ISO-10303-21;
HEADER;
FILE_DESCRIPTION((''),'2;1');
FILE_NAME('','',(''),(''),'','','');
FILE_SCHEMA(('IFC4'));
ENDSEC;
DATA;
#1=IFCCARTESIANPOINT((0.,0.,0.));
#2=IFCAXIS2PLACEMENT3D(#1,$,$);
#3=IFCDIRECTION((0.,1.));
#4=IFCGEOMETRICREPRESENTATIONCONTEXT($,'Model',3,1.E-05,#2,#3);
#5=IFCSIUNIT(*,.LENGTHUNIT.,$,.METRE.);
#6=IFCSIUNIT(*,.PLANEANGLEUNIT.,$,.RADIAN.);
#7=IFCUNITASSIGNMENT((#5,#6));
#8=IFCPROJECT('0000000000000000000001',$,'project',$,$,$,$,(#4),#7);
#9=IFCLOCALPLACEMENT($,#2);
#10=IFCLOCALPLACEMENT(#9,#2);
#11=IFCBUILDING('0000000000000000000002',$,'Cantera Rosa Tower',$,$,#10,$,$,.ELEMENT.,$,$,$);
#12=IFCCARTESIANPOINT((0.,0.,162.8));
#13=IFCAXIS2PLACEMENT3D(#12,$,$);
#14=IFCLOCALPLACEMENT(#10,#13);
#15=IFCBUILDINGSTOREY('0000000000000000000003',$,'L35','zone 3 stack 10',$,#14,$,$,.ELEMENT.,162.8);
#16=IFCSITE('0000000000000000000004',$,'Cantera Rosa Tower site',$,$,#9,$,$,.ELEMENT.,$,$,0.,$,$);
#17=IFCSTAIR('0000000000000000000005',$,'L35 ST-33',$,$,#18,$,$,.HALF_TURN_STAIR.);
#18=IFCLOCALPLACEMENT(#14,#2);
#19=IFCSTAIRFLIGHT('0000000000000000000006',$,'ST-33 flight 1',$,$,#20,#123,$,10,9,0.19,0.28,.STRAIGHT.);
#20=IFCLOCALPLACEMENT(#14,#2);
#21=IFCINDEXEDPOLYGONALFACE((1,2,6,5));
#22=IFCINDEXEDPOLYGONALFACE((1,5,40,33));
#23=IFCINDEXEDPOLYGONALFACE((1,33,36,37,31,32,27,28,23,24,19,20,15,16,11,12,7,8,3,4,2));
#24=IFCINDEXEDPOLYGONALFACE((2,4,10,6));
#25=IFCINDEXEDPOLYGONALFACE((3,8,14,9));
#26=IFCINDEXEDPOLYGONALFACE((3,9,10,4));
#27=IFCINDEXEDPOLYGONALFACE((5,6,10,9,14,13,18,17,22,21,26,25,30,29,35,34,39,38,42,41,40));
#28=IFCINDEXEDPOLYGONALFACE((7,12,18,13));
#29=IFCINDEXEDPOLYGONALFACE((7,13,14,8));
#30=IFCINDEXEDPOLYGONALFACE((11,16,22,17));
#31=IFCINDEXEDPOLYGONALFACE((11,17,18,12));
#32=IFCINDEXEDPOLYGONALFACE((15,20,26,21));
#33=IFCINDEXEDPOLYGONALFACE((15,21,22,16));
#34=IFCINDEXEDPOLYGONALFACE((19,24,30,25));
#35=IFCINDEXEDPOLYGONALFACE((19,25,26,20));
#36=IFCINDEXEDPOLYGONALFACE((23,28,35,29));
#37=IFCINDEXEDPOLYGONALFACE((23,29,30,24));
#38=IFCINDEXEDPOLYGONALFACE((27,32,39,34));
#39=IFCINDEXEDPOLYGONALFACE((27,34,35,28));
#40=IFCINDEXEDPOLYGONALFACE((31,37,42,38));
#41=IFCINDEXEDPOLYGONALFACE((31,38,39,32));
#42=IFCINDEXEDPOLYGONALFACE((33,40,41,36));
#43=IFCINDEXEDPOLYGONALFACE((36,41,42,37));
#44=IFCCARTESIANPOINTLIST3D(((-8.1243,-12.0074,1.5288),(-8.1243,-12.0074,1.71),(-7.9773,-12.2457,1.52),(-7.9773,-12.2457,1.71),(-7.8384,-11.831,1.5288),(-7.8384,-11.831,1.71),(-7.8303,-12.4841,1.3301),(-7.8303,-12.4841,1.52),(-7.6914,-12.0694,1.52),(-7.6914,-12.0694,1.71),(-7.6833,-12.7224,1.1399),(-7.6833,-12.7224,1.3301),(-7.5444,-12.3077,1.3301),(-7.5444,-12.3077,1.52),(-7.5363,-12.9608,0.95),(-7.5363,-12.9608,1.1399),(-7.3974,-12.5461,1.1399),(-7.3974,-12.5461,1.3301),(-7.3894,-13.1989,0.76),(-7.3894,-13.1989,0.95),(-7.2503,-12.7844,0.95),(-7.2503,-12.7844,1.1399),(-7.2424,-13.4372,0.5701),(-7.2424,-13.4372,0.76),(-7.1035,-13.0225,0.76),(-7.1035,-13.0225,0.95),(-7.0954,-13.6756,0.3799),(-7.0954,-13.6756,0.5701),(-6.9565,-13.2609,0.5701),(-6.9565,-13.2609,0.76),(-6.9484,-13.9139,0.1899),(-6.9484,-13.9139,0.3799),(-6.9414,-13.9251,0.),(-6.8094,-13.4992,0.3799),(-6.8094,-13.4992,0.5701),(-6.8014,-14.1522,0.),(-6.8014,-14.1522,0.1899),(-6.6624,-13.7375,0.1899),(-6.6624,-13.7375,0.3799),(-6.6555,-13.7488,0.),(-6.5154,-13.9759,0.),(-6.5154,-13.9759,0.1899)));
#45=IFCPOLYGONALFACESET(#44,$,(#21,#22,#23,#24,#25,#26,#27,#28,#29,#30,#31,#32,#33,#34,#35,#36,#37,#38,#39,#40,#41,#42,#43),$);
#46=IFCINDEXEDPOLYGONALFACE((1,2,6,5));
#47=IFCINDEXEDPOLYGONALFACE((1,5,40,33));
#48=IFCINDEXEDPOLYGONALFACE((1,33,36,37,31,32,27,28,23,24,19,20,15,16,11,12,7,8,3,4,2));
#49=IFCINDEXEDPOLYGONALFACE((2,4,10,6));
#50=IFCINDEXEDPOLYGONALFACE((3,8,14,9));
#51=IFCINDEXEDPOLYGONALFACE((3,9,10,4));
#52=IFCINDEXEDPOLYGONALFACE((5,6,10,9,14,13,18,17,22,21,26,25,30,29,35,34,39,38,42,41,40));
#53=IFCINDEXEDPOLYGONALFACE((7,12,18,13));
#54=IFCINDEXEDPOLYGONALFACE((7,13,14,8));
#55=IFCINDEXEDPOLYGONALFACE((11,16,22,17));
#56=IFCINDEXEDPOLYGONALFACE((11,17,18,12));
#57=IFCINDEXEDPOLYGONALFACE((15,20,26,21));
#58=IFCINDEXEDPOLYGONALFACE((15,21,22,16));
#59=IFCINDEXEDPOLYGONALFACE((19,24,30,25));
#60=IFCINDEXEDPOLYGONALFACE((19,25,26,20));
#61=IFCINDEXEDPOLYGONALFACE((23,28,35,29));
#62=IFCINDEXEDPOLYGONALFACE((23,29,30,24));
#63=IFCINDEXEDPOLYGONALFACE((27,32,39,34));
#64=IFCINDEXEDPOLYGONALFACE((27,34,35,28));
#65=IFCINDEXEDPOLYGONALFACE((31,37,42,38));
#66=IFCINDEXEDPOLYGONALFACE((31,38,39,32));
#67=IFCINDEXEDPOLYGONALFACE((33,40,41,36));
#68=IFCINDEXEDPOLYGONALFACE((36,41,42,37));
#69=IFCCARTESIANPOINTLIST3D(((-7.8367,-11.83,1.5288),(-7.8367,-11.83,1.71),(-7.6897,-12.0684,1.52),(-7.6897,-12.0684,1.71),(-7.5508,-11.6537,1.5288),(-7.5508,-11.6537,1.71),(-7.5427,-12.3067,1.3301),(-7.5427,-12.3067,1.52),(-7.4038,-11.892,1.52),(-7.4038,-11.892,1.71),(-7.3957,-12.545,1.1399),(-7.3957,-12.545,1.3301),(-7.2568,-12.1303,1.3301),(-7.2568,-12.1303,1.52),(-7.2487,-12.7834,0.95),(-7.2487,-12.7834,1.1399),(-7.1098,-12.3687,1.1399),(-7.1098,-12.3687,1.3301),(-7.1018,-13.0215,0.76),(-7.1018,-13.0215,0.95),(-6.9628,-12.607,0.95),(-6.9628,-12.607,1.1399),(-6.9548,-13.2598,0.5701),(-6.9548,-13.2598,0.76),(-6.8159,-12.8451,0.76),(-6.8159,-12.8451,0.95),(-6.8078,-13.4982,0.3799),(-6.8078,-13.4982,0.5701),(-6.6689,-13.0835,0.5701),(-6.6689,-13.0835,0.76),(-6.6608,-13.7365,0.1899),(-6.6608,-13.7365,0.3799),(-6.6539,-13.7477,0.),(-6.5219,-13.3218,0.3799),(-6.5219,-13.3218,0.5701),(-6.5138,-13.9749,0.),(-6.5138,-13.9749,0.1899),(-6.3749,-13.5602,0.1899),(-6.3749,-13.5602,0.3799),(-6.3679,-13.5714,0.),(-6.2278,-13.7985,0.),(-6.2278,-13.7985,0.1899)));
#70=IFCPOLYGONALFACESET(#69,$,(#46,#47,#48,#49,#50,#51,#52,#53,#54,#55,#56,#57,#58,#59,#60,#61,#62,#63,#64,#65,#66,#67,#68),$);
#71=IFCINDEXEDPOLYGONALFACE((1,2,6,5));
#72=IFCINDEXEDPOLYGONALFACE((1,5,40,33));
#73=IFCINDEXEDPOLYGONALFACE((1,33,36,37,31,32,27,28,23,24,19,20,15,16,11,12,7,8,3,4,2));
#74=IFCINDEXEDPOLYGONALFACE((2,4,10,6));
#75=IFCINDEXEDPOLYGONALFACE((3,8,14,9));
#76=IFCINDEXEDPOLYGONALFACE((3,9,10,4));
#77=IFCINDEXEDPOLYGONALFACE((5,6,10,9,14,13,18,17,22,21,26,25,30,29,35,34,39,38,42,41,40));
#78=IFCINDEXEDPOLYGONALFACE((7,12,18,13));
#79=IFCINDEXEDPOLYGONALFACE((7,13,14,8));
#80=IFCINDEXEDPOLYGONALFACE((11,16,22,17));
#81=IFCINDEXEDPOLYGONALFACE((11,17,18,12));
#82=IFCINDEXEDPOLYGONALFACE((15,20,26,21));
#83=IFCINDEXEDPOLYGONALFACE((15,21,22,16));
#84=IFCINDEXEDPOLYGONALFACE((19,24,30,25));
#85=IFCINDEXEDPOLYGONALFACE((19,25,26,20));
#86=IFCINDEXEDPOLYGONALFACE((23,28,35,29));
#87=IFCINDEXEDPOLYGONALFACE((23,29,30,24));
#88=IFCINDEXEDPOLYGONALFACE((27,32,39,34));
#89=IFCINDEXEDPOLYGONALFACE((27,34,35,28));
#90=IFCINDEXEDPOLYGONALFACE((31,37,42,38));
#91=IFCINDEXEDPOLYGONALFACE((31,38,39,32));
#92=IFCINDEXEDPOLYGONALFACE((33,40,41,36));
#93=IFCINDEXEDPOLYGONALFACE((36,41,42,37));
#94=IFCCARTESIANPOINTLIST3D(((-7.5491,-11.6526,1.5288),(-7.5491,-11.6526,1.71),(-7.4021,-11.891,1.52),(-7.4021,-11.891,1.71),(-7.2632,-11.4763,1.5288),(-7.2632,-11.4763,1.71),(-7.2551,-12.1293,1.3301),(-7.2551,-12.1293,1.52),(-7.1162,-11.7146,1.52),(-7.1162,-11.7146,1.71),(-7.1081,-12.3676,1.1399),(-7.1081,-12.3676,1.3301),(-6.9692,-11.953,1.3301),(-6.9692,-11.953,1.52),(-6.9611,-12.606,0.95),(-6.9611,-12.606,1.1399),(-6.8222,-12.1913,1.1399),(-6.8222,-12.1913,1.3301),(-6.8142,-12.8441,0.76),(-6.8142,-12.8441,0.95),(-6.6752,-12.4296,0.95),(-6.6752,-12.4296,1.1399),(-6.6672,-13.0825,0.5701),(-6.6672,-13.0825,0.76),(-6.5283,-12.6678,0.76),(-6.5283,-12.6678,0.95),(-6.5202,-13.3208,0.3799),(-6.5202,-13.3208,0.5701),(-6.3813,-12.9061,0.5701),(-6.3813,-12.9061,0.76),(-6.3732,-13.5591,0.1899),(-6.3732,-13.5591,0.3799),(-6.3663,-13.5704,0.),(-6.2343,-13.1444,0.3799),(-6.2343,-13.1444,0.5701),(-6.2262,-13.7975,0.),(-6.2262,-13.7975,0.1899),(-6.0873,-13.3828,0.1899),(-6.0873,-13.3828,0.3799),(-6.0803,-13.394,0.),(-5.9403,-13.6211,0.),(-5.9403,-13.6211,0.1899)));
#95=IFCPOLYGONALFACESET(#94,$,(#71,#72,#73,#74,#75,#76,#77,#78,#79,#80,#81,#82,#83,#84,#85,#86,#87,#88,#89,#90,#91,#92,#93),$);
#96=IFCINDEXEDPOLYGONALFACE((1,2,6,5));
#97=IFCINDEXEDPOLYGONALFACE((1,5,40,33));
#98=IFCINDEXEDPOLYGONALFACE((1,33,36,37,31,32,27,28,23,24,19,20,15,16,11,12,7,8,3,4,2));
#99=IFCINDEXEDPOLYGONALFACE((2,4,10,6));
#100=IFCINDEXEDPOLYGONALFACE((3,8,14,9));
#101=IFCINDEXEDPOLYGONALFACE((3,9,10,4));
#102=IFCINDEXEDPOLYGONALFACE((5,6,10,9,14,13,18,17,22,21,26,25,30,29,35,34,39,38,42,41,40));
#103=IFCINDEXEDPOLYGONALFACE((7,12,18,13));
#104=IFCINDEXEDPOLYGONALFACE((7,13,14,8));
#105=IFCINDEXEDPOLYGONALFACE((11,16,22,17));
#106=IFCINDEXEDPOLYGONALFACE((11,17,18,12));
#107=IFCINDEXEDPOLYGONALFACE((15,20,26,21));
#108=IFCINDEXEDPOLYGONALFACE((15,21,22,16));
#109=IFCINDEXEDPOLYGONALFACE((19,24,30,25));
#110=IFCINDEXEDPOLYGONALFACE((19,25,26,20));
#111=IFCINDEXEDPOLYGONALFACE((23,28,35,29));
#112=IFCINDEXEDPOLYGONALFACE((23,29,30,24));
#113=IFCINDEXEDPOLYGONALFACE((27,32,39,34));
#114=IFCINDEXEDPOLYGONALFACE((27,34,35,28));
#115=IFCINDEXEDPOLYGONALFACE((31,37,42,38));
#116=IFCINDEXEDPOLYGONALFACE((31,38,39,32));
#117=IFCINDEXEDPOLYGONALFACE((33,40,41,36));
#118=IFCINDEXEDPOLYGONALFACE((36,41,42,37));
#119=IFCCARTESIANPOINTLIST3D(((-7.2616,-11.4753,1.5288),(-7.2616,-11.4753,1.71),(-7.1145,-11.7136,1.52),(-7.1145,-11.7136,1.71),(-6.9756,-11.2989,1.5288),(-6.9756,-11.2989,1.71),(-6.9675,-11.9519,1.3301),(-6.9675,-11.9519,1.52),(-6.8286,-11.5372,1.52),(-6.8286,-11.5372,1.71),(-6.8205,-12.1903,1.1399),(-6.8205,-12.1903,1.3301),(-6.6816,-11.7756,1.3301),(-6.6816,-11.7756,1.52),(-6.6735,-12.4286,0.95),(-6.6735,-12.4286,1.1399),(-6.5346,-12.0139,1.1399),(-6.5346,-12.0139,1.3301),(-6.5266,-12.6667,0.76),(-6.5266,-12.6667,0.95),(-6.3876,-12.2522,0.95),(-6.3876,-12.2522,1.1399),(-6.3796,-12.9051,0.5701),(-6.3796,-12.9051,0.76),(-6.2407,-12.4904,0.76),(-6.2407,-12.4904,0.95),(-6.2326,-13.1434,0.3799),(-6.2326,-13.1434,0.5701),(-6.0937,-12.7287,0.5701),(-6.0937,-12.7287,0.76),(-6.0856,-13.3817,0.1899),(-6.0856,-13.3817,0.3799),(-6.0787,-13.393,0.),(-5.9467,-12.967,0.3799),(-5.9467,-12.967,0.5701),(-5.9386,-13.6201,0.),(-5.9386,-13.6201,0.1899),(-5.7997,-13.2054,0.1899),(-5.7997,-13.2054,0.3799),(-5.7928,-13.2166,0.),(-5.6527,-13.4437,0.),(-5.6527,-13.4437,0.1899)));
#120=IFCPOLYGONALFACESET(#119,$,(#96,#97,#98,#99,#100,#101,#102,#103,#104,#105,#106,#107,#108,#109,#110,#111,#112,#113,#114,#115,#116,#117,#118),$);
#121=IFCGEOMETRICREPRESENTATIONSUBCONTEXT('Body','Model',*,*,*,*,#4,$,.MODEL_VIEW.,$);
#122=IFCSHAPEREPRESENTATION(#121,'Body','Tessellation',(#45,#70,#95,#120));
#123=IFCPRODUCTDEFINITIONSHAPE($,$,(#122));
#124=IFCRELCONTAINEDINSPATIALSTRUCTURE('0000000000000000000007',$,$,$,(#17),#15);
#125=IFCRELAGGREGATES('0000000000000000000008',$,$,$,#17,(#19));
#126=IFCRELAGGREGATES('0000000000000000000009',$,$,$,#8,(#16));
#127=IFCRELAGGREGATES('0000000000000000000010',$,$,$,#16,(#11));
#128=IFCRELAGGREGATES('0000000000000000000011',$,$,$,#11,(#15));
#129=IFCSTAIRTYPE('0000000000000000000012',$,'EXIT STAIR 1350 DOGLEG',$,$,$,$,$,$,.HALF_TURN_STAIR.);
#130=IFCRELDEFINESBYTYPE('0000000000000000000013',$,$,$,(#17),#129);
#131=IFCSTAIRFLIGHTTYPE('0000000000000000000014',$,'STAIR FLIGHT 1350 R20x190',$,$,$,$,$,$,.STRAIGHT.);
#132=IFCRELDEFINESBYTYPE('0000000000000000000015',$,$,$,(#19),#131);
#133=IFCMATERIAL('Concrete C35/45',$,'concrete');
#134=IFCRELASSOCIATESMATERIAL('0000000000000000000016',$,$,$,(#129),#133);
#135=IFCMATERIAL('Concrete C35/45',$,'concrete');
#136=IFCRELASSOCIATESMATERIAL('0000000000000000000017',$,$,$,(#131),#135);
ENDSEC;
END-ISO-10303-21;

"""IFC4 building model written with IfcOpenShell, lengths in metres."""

from ifc_helpers import new_model, si_unit, direction, frame, origin, place, context, subcontext, project, spatial, polyline, outline, extrude, material, type_object, element, aggregate, save


model = new_model("IFC4")

# Units and contexts
model_context = context("Model", 3, precision=1e-05, world=origin(), true_north=direction((0.0, 1.0)))
body_context = subcontext(model_context, "Body", "Model", "MODEL_VIEW")
ifc_project = project(units=[si_unit("LENGTHUNIT", "METRE"), si_unit("PLANEANGLEUNIT", "RADIAN")], contexts=[model_context])

# Site, building, storey
site_placement = place(None, origin())
site = spatial("IfcSite", under=ifc_project, at=site_placement, Name="Cantera Rosa Tower site", CompositionType="ELEMENT", RefElevation=0.0)
building_placement = place(site_placement, origin())
building = spatial("IfcBuilding", under=site, at=building_placement, Name="Cantera Rosa Tower", CompositionType="ELEMENT")
storey_placement = place(building_placement, frame((0.0, 0.0, 162.8)))
storey = spatial("IfcBuildingStorey", under=building, at=storey_placement, Name="L35", Description="zone 3 stack 10", CompositionType="ELEMENT", Elevation=162.8)

# Stair, stair flight
ifc_material_1 = material(Name="Concrete C35/45", Category="concrete")
stair_type = type_object("IfcStairType", Name="EXIT STAIR 1350 DOGLEG", PredefinedType="HALF_TURN_STAIR", material=ifc_material_1)
stair_placement = place(storey_placement, origin())
stair = element("IfcStair", 1, at=stair_placement, inside=storey, type_object=stair_type, Name="L35 ST-33", PredefinedType="HALF_TURN_STAIR")
ifc_material_2 = material(Name="Concrete C35/45", Category="concrete")
stair_flight_type = type_object("IfcStairFlightType", Name="STAIR FLIGHT 1350 R20x190", PredefinedType="STRAIGHT", material=ifc_material_2)
stair_flight_1_placement = place(storey_placement, frame((-6.2268, -13.7979, 0.0), z_axis=(0.0, 0.0, 1.0), x_axis=(-0.524977, 0.851117, 0.0)))
stair_flight_1 = element("IfcStairFlight", 2, at=stair_flight_1_placement, type_object=stair_flight_type, Name="ST-33 flight 1", NumberOfRisers=10, NumberOfTreads=9, PredefinedType="STRAIGHT", RiserHeight=0.19, TreadLength=0.28, context=body_context, shape_type="SweptSolid", body=[
    extrude(outline(polyline([(0.0, 0.0), (0.0, 0.1899), (0.28, 0.1899), (0.28, 0.3799), (0.5601, 0.3799), (0.5601, 0.5701), (0.8401, 0.5701), (0.8401, 0.76), (1.1201, 0.76), (1.1201, 0.95), (1.3999, 0.95), (1.3999, 1.1399), (1.6799, 1.1399), (1.6799, 1.3301), (1.96, 1.3301), (1.96, 1.52), (2.24, 1.52), (2.24, 1.71), (2.52, 1.71), (2.52, 1.8999), (2.52, 1.5288), (0.2668, 0.0), (0.0, 0.0)])), frame((0.0, 0.675, 0.0), z_axis=(0.0, -1.0, 0.0), x_axis=(1.0, 0.0, 0.0)), (0.0, 0.0, 1.0), 0.3359),
    extrude(outline(polyline([(0.0, 0.0), (0.0, 0.1899), (0.28, 0.1899), (0.28, 0.3799), (0.5601, 0.3799), (0.5601, 0.5701), (0.8401, 0.5701), (0.8401, 0.76), (1.1201, 0.76), (1.1201, 0.95), (1.3999, 0.95), (1.3999, 1.1399), (1.6799, 1.1399), (1.6799, 1.3301), (1.96, 1.3301), (1.96, 1.52), (2.24, 1.52), (2.24, 1.71), (2.52, 1.71), (2.52, 1.8999), (2.52, 1.5288), (0.2668, 0.0), (0.0, 0.0)])), frame((0.0, 0.3372, 0.0), z_axis=(0.0, -1.0, 0.0), x_axis=(1.0, 0.0, 0.0)), (0.0, 0.0, 1.0), 0.3359),
    extrude(outline(polyline([(0.0, 0.0), (0.0, 0.1899), (0.28, 0.1899), (0.28, 0.3799), (0.5601, 0.3799), (0.5601, 0.5701), (0.8401, 0.5701), (0.8401, 0.76), (1.1201, 0.76), (1.1201, 0.95), (1.3999, 0.95), (1.3999, 1.1399), (1.6799, 1.1399), (1.6799, 1.3301), (1.96, 1.3301), (1.96, 1.52), (2.24, 1.52), (2.24, 1.71), (2.52, 1.71), (2.52, 1.8999), (2.52, 1.5288), (0.2668, 0.0), (0.0, 0.0)])), frame((0.0, -0.0007, 0.0), z_axis=(0.0, -1.0, 0.0), x_axis=(1.0, 0.0, 0.0)), (0.0, 0.0, 1.0), 0.3359),
    extrude(outline(polyline([(0.0, 0.0), (0.0, 0.1899), (0.28, 0.1899), (0.28, 0.3799), (0.5601, 0.3799), (0.5601, 0.5701), (0.8401, 0.5701), (0.8401, 0.76), (1.1201, 0.76), (1.1201, 0.95), (1.3999, 0.95), (1.3999, 1.1399), (1.6799, 1.1399), (1.6799, 1.3301), (1.96, 1.3301), (1.96, 1.52), (2.24, 1.52), (2.24, 1.71), (2.52, 1.71), (2.52, 1.8999), (2.52, 1.5288), (0.2668, 0.0), (0.0, 0.0)])), frame((0.0, -0.3386, 0.0), z_axis=(0.0, -1.0, 0.0), x_axis=(1.0, 0.0, 0.0)), (0.0, 0.0, 1.0), 0.3359),
])
aggregate(stair, [stair_flight_1])

save(model, "model.ifc")
